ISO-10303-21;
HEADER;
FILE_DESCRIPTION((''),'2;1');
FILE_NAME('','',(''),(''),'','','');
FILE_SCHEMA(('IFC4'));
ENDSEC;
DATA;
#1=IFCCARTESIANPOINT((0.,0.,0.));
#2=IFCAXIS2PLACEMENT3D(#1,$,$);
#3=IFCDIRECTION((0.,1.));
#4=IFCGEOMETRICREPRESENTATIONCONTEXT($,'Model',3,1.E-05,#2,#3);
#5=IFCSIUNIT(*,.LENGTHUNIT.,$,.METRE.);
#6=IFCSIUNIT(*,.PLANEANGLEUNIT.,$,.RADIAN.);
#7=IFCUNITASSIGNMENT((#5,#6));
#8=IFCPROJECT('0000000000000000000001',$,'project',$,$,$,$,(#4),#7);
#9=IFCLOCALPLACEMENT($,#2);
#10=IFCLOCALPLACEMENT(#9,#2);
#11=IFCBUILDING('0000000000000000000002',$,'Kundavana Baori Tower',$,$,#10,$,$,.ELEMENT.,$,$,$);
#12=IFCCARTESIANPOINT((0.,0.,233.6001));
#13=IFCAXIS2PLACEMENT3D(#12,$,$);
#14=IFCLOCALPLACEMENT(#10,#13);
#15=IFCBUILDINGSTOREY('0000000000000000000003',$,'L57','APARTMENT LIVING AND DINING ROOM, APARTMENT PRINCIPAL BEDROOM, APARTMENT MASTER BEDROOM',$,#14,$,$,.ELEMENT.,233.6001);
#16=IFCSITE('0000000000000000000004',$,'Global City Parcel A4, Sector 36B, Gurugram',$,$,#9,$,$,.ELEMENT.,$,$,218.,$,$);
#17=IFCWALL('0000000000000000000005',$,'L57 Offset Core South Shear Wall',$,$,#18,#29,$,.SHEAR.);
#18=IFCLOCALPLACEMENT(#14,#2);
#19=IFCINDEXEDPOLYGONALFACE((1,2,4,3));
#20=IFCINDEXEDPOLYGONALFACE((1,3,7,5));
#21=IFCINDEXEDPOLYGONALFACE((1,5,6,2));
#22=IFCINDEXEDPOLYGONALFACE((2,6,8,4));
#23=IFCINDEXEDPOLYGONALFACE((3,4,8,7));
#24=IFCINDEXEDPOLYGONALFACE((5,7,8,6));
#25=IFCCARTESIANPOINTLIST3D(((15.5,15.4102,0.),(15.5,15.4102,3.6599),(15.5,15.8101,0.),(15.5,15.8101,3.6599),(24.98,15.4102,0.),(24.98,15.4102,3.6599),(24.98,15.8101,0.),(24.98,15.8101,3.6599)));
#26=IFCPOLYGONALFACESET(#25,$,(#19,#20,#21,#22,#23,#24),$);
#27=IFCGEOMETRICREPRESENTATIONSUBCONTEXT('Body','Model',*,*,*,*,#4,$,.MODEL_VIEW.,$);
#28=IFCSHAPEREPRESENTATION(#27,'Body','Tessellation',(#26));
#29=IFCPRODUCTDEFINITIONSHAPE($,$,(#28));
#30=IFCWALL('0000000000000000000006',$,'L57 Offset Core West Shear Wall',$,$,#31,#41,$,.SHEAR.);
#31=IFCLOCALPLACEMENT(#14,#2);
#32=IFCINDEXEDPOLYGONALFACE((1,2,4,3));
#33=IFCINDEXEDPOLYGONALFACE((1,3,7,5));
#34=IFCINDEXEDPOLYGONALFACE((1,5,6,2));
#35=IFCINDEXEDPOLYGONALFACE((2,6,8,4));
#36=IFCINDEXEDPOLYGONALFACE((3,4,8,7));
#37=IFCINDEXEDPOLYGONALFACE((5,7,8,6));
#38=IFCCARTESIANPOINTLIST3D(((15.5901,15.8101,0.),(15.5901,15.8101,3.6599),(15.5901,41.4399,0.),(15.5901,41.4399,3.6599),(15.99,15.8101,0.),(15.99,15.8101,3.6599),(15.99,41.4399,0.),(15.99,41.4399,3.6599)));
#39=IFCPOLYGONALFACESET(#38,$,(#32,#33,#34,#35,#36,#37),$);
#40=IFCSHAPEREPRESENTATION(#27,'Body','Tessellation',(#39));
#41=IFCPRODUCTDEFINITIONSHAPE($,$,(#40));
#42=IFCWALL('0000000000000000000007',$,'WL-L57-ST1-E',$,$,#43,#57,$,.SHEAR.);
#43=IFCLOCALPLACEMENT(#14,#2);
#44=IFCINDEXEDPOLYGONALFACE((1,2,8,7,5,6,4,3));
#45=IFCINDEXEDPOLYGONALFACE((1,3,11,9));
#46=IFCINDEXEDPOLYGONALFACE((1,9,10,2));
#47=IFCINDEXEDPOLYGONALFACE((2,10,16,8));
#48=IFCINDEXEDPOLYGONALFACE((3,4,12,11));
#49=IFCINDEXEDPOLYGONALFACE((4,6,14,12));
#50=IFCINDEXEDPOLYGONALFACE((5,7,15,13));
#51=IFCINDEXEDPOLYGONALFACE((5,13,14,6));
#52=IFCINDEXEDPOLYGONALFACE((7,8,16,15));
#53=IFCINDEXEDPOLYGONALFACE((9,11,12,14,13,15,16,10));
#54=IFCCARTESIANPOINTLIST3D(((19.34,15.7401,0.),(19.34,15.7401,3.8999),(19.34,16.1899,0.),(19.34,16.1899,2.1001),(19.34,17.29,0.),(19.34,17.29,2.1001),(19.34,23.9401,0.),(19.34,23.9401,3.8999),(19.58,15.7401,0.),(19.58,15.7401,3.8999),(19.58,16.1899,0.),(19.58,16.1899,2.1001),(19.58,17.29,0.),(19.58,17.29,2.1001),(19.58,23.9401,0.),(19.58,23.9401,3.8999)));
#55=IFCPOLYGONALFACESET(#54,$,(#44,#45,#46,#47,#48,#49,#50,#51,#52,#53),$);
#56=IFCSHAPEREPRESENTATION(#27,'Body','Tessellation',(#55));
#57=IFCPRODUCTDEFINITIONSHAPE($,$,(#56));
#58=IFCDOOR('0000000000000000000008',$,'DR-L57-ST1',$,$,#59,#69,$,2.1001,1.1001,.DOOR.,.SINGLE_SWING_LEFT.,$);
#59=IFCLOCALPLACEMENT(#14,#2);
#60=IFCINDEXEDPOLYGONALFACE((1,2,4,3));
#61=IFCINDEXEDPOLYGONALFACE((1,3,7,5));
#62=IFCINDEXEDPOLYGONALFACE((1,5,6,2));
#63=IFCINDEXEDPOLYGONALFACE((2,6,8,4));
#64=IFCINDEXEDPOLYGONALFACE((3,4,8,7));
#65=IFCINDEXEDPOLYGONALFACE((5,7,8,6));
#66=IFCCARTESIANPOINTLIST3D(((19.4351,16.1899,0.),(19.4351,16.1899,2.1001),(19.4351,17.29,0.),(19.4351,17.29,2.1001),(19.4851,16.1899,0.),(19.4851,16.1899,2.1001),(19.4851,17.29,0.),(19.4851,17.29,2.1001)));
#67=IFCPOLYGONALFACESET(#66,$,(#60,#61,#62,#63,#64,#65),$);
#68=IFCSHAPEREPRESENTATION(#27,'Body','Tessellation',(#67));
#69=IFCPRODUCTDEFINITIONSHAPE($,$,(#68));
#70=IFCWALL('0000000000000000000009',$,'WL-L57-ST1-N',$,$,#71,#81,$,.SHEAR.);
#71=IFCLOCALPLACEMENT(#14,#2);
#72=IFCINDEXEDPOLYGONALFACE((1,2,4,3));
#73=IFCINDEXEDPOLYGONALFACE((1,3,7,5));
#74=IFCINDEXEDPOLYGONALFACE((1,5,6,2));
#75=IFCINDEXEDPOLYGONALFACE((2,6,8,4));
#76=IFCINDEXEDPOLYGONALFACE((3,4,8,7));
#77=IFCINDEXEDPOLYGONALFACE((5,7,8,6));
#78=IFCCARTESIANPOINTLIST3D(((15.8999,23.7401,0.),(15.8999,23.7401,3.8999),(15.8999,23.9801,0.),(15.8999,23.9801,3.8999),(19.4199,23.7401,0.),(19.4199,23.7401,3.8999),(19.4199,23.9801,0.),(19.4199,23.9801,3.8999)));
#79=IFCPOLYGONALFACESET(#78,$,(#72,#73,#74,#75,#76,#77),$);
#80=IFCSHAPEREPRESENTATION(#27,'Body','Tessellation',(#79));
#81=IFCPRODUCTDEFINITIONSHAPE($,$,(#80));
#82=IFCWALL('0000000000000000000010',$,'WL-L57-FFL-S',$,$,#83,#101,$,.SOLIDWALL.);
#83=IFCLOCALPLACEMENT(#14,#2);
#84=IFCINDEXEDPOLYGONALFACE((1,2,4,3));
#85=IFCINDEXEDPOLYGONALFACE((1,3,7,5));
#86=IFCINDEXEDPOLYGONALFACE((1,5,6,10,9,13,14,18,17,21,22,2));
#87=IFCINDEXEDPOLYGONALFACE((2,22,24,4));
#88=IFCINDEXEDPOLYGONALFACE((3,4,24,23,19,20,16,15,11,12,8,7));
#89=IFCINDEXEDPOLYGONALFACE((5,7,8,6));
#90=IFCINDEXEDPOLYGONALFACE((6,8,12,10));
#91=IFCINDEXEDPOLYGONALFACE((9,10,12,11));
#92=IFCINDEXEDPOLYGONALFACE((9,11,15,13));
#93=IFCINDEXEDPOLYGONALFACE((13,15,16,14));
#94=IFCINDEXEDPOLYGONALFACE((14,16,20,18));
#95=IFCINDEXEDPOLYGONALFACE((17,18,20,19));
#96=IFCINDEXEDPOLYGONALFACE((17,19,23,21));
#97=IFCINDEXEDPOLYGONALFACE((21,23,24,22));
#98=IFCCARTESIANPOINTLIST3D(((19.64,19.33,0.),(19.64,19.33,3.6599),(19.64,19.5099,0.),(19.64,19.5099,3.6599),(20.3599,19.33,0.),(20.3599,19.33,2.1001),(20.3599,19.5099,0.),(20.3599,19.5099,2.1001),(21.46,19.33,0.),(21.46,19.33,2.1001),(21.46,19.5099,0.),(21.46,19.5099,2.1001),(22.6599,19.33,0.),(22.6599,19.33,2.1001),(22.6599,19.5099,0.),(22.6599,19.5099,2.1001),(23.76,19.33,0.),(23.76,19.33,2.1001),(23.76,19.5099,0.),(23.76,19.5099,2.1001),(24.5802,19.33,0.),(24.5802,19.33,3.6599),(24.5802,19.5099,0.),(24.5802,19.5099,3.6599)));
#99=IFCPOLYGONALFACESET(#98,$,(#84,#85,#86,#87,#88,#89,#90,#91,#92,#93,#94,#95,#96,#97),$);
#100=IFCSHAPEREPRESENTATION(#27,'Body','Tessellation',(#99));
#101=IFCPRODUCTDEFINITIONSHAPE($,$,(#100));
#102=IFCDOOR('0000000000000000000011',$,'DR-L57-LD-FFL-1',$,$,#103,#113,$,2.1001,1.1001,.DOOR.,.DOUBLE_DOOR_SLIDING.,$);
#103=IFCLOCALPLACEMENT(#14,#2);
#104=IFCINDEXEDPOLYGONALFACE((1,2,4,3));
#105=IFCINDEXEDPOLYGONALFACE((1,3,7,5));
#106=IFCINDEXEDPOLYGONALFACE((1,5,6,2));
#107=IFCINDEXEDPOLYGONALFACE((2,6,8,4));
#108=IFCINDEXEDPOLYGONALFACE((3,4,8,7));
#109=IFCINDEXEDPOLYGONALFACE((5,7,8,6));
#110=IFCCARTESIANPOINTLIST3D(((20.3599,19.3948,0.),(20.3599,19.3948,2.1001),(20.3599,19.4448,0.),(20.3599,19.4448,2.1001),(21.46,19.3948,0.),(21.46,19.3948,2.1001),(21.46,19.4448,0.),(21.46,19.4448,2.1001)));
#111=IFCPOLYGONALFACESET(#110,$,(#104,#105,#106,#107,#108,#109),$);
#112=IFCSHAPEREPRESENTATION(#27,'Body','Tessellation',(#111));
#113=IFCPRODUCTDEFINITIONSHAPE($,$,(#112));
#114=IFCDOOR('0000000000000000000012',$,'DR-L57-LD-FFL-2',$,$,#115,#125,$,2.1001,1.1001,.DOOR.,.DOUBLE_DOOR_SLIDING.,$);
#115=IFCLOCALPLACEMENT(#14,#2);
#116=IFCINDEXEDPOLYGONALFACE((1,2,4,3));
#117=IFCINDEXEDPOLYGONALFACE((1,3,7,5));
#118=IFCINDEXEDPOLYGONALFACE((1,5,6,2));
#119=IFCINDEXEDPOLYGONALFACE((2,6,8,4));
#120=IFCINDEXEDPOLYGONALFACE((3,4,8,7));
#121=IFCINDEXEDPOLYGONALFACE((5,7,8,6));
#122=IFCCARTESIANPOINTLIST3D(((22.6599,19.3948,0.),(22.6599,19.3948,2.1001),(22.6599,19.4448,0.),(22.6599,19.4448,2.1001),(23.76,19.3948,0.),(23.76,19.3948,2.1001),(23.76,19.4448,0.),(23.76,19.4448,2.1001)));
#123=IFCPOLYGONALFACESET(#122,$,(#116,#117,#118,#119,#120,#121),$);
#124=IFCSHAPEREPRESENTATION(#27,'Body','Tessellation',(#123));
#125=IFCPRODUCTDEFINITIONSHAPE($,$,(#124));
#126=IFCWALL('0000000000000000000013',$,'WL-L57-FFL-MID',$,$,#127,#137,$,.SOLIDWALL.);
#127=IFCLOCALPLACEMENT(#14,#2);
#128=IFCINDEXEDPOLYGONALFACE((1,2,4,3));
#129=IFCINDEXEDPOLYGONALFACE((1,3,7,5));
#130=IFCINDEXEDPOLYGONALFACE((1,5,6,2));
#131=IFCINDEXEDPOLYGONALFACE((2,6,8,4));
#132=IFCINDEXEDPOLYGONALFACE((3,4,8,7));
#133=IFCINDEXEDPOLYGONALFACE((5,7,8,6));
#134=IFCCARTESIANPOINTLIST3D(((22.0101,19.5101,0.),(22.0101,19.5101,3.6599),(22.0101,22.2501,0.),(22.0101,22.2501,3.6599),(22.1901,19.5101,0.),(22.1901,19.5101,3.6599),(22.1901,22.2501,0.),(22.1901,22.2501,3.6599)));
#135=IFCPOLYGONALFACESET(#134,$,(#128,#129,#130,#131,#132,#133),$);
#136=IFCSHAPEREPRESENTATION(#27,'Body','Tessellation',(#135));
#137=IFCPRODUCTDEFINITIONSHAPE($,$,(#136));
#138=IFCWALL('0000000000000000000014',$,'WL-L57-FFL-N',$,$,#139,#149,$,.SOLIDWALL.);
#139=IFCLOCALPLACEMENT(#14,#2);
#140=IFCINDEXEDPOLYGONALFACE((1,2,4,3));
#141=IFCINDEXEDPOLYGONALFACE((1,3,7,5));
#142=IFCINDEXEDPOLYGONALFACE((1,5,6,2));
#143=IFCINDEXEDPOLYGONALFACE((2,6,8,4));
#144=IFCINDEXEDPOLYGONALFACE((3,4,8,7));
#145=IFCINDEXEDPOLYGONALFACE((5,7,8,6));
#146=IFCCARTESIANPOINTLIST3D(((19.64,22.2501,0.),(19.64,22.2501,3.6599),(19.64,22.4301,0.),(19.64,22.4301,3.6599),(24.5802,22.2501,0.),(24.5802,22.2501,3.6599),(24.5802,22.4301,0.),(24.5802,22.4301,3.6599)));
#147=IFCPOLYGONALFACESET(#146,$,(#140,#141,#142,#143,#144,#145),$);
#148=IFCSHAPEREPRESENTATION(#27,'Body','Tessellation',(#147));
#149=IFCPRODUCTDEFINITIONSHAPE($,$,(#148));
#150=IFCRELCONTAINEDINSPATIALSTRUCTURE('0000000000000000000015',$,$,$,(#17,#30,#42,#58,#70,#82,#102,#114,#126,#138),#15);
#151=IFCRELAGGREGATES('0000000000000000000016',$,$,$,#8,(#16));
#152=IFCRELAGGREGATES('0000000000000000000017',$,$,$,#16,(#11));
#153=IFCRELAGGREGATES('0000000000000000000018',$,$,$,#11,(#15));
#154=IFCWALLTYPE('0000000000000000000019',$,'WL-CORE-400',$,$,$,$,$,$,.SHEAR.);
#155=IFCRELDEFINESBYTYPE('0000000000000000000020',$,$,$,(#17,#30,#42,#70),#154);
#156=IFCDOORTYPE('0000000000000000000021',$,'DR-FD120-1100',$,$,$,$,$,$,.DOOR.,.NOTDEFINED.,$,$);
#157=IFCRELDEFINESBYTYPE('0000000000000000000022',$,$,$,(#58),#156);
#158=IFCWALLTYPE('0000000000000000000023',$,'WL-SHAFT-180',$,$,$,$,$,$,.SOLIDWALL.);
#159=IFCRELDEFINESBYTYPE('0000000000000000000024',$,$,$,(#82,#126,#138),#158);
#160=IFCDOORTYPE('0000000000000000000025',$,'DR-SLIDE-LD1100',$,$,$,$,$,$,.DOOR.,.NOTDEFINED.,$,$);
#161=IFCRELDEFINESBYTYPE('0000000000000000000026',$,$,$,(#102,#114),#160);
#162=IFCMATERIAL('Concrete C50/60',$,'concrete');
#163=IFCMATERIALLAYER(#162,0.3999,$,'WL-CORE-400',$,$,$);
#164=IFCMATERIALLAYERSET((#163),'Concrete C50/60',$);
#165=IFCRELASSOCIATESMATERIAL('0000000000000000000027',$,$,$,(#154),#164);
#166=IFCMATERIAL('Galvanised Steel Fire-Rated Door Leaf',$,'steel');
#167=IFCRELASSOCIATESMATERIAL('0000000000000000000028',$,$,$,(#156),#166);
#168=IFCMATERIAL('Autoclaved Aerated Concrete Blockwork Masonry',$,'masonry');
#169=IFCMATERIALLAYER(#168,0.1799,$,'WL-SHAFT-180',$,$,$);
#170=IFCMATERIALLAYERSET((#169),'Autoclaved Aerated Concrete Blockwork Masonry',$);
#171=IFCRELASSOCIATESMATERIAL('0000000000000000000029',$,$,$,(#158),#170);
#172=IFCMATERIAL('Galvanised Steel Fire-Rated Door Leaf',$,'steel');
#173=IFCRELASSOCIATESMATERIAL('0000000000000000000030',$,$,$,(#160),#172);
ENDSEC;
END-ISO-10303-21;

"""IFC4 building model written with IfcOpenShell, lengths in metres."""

from ifc_helpers import new_model, si_unit, direction, frame, frame_2d, origin, place, context, subcontext, project, spatial, rectangle, extrude, material, layer, layer_set, type_object, element, fill, save


model = new_model("IFC4")

# Units and contexts
model_context = context("Model", 3, precision=1e-05, world=origin(), true_north=direction((0.0, 1.0)))
body_context = subcontext(model_context, "Body", "Model", "MODEL_VIEW")
ifc_project = project(units=[si_unit("LENGTHUNIT", "METRE"), si_unit("PLANEANGLEUNIT", "RADIAN")], contexts=[model_context])

# Site, building, storey
site_placement = place(None, origin())
site = spatial("IfcSite", under=ifc_project, at=site_placement, Name="Global City Parcel A4, Sector 36B, Gurugram", CompositionType="ELEMENT", RefElevation=218.0)
building_placement = place(site_placement, origin())
building = spatial("IfcBuilding", under=site, at=building_placement, Name="Kundavana Baori Tower", CompositionType="ELEMENT")
storey_placement = place(building_placement, frame((0.0, 0.0, 233.6001)))
storey = spatial("IfcBuildingStorey", under=building, at=storey_placement, Name="L57", Description="APARTMENT LIVING AND DINING ROOM, APARTMENT PRINCIPAL BEDROOM, APARTMENT MASTER BEDROOM", CompositionType="ELEMENT", Elevation=233.6001)

# Walls
ifc_material_1 = material(Name="Concrete C50/60", Category="concrete")
ifc_layer_1 = layer(ifc_material_1, 0.3999, Name="WL-CORE-400")
ifc_layer_set_1 = layer_set([ifc_layer_1], Name="Concrete C50/60")
wall_type_1 = type_object("IfcWallType", Name="WL-CORE-400", PredefinedType="SHEAR", material=ifc_layer_set_1)
wall_1_placement = place(storey_placement, frame((15.5, 15.6101, 0.0), z_axis=(0.0, 0.0, 1.0), x_axis=(1.0, 0.0, 0.0)))
element("IfcWall", 1, at=wall_1_placement, inside=storey, type_object=wall_type_1, Name="L57 Offset Core South Shear Wall", PredefinedType="SHEAR", context=body_context, shape_type="SweptSolid", body=[
    extrude(rectangle(XDim=9.48, YDim=0.3999, at=frame_2d((4.74, 0.0))), origin(), (0.0, 0.0, 1.0), 3.6599),
])
wall_2_placement = place(storey_placement, frame((15.79, 15.8101, 0.0), z_axis=(0.0, 0.0, 1.0), x_axis=(0.0, 1.0, 0.0)))
element("IfcWall", 2, at=wall_2_placement, inside=storey, type_object=wall_type_1, Name="L57 Offset Core West Shear Wall", PredefinedType="SHEAR", context=body_context, shape_type="SweptSolid", body=[
    extrude(rectangle(XDim=25.6299, YDim=0.3999, at=frame_2d((12.8149, 0.0))), origin(), (0.0, 0.0, 1.0), 3.6599),
])

# Wall, opening, door
wall_3_placement = place(storey_placement, frame((19.46, 15.74, 0.0), z_axis=(0.0, 0.0, 1.0), x_axis=(0.0, 1.0, 0.0)))
wall_3 = element("IfcWall", 3, at=wall_3_placement, inside=storey, type_object=wall_type_1, Name="WL-L57-ST1-E", PredefinedType="SHEAR", context=body_context, shape_type="SweptSolid", body=[
    extrude(rectangle(XDim=8.2, YDim=0.24, at=frame_2d((4.1001, 0.0))), origin(), (0.0, 0.0, 1.0), 3.8999),
])
opening_1_placement = place(wall_3_placement, frame((0.45, 0.0, 0.0)))
opening_1 = element("IfcOpeningElement", 4, at=opening_1_placement, cuts=wall_3, PredefinedType="OPENING", context=body_context, shape_type="SweptSolid", body=[
    extrude(rectangle(XDim=1.1001, YDim=2.1001, at=frame_2d((0.55, 1.05))), frame((0.0, 0.1299, 0.0), z_axis=(0.0, -1.0, 0.0), x_axis=(1.0, 0.0, 0.0)), (0.0, 0.0, 1.0), 0.26),
])
ifc_material_2 = material(Name="Galvanised Steel Fire-Rated Door Leaf", Category="steel")
door_type_1 = type_object("IfcDoorType", Name="DR-FD120-1100", OperationType="NOTDEFINED", PredefinedType="DOOR", material=ifc_material_2)
door_1_placement = place(opening_1_placement, origin())
door_1 = element("IfcDoor", 5, at=door_1_placement, inside=storey, type_object=door_type_1, Name="DR-L57-ST1", OperationType="SINGLE_SWING_LEFT", OverallHeight=2.1001, OverallWidth=1.1001, PredefinedType="DOOR", context=body_context, shape_type="SweptSolid", body=[
    extrude(rectangle(XDim=1.1001, YDim=2.1001, at=frame_2d((0.55, 1.05))), frame((0.0, 0.0249, 0.0), z_axis=(0.0, -1.0, 0.0), x_axis=(1.0, 0.0, 0.0)), (0.0, 0.0, 1.0), 0.05),
])
fill(opening_1, door_1)

# Wall
wall_4_placement = place(storey_placement, frame((15.8999, 23.8601, 0.0), z_axis=(0.0, 0.0, 1.0), x_axis=(1.0, 0.0, 0.0)))
element("IfcWall", 6, at=wall_4_placement, inside=storey, type_object=wall_type_1, Name="WL-L57-ST1-N", PredefinedType="SHEAR", context=body_context, shape_type="SweptSolid", body=[
    extrude(rectangle(XDim=3.52, YDim=0.24, at=frame_2d((1.76, 0.0))), origin(), (0.0, 0.0, 1.0), 3.8999),
])

# Wall, openings, doors
ifc_material_3 = material(Name="Autoclaved Aerated Concrete Blockwork Masonry", Category="masonry")
ifc_layer_2 = layer(ifc_material_3, 0.1799, Name="WL-SHAFT-180")
ifc_layer_set_2 = layer_set([ifc_layer_2], Name="Autoclaved Aerated Concrete Blockwork Masonry")
wall_type_2 = type_object("IfcWallType", Name="WL-SHAFT-180", PredefinedType="SOLIDWALL", material=ifc_layer_set_2)
wall_5_placement = place(storey_placement, frame((19.6399, 19.4199, 0.0), z_axis=(0.0, 0.0, 1.0), x_axis=(1.0, 0.0, 0.0)))
wall_5 = element("IfcWall", 7, at=wall_5_placement, inside=storey, type_object=wall_type_2, Name="WL-L57-FFL-S", PredefinedType="SOLIDWALL", context=body_context, shape_type="SweptSolid", body=[
    extrude(rectangle(XDim=4.9402, YDim=0.1799, at=frame_2d((2.4702, 0.0))), origin(), (0.0, 0.0, 1.0), 3.6599),
])
opening_2_placement = place(wall_5_placement, frame((0.72, 0.0, 0.0)))
opening_2 = element("IfcOpeningElement", 8, at=opening_2_placement, cuts=wall_5, PredefinedType="OPENING", context=body_context, shape_type="SweptSolid", body=[
    extrude(rectangle(XDim=1.1001, YDim=2.1001, at=frame_2d((0.55, 1.05))), frame((0.0, 0.1001, 0.0), z_axis=(0.0, -1.0, 0.0), x_axis=(1.0, 0.0, 0.0)), (0.0, 0.0, 1.0), 0.2),
])
opening_3_placement = place(wall_5_placement, frame((3.02, 0.0, 0.0)))
opening_3 = element("IfcOpeningElement", 9, at=opening_3_placement, cuts=wall_5, PredefinedType="OPENING", context=body_context, shape_type="SweptSolid", body=[
    extrude(rectangle(XDim=1.1001, YDim=2.1001, at=frame_2d((0.55, 1.05))), frame((0.0, 0.1001, 0.0), z_axis=(0.0, -1.0, 0.0), x_axis=(1.0, 0.0, 0.0)), (0.0, 0.0, 1.0), 0.2),
])
ifc_material_4 = material(Name="Galvanised Steel Fire-Rated Door Leaf", Category="steel")
door_type_2 = type_object("IfcDoorType", Name="DR-SLIDE-LD1100", OperationType="NOTDEFINED", PredefinedType="DOOR", material=ifc_material_4)
door_2_placement = place(opening_2_placement, origin())
door_2 = element("IfcDoor", 10, at=door_2_placement, inside=storey, type_object=door_type_2, Name="DR-L57-LD-FFL-1", OperationType="DOUBLE_DOOR_SLIDING", OverallHeight=2.1001, OverallWidth=1.1001, PredefinedType="DOOR", context=body_context, shape_type="SweptSolid", body=[
    extrude(rectangle(XDim=1.1001, YDim=2.1001, at=frame_2d((0.55, 1.05))), frame((0.0, 0.0249, 0.0), z_axis=(0.0, -1.0, 0.0), x_axis=(1.0, 0.0, 0.0)), (0.0, 0.0, 1.0), 0.05),
])
fill(opening_2, door_2)
door_3_placement = place(opening_3_placement, origin())
door_3 = element("IfcDoor", 11, at=door_3_placement, inside=storey, type_object=door_type_2, Name="DR-L57-LD-FFL-2", OperationType="DOUBLE_DOOR_SLIDING", OverallHeight=2.1001, OverallWidth=1.1001, PredefinedType="DOOR", context=body_context, shape_type="SweptSolid", body=[
    extrude(rectangle(XDim=1.1001, YDim=2.1001, at=frame_2d((0.55, 1.05))), frame((0.0, 0.0249, 0.0), z_axis=(0.0, -1.0, 0.0), x_axis=(1.0, 0.0, 0.0)), (0.0, 0.0, 1.0), 0.05),
])
fill(opening_3, door_3)

# Walls
wall_6_placement = place(storey_placement, frame((22.1001, 19.51, 0.0), z_axis=(0.0, 0.0, 1.0), x_axis=(0.0, 1.0, 0.0)))
element("IfcWall", 12, at=wall_6_placement, inside=storey, type_object=wall_type_2, Name="WL-L57-FFL-MID", PredefinedType="SOLIDWALL", context=body_context, shape_type="SweptSolid", body=[
    extrude(rectangle(XDim=2.74, YDim=0.1799, at=frame_2d((1.3701, 0.0))), origin(), (0.0, 0.0, 1.0), 3.6599),
])
wall_7_placement = place(storey_placement, frame((19.6399, 22.3401, 0.0), z_axis=(0.0, 0.0, 1.0), x_axis=(1.0, 0.0, 0.0)))
element("IfcWall", 13, at=wall_7_placement, inside=storey, type_object=wall_type_2, Name="WL-L57-FFL-N", PredefinedType="SOLIDWALL", context=body_context, shape_type="SweptSolid", body=[
    extrude(rectangle(XDim=4.9402, YDim=0.1799, at=frame_2d((2.4702, 0.0))), origin(), (0.0, 0.0, 1.0), 3.6599),
])

save(model, "model.ifc")
